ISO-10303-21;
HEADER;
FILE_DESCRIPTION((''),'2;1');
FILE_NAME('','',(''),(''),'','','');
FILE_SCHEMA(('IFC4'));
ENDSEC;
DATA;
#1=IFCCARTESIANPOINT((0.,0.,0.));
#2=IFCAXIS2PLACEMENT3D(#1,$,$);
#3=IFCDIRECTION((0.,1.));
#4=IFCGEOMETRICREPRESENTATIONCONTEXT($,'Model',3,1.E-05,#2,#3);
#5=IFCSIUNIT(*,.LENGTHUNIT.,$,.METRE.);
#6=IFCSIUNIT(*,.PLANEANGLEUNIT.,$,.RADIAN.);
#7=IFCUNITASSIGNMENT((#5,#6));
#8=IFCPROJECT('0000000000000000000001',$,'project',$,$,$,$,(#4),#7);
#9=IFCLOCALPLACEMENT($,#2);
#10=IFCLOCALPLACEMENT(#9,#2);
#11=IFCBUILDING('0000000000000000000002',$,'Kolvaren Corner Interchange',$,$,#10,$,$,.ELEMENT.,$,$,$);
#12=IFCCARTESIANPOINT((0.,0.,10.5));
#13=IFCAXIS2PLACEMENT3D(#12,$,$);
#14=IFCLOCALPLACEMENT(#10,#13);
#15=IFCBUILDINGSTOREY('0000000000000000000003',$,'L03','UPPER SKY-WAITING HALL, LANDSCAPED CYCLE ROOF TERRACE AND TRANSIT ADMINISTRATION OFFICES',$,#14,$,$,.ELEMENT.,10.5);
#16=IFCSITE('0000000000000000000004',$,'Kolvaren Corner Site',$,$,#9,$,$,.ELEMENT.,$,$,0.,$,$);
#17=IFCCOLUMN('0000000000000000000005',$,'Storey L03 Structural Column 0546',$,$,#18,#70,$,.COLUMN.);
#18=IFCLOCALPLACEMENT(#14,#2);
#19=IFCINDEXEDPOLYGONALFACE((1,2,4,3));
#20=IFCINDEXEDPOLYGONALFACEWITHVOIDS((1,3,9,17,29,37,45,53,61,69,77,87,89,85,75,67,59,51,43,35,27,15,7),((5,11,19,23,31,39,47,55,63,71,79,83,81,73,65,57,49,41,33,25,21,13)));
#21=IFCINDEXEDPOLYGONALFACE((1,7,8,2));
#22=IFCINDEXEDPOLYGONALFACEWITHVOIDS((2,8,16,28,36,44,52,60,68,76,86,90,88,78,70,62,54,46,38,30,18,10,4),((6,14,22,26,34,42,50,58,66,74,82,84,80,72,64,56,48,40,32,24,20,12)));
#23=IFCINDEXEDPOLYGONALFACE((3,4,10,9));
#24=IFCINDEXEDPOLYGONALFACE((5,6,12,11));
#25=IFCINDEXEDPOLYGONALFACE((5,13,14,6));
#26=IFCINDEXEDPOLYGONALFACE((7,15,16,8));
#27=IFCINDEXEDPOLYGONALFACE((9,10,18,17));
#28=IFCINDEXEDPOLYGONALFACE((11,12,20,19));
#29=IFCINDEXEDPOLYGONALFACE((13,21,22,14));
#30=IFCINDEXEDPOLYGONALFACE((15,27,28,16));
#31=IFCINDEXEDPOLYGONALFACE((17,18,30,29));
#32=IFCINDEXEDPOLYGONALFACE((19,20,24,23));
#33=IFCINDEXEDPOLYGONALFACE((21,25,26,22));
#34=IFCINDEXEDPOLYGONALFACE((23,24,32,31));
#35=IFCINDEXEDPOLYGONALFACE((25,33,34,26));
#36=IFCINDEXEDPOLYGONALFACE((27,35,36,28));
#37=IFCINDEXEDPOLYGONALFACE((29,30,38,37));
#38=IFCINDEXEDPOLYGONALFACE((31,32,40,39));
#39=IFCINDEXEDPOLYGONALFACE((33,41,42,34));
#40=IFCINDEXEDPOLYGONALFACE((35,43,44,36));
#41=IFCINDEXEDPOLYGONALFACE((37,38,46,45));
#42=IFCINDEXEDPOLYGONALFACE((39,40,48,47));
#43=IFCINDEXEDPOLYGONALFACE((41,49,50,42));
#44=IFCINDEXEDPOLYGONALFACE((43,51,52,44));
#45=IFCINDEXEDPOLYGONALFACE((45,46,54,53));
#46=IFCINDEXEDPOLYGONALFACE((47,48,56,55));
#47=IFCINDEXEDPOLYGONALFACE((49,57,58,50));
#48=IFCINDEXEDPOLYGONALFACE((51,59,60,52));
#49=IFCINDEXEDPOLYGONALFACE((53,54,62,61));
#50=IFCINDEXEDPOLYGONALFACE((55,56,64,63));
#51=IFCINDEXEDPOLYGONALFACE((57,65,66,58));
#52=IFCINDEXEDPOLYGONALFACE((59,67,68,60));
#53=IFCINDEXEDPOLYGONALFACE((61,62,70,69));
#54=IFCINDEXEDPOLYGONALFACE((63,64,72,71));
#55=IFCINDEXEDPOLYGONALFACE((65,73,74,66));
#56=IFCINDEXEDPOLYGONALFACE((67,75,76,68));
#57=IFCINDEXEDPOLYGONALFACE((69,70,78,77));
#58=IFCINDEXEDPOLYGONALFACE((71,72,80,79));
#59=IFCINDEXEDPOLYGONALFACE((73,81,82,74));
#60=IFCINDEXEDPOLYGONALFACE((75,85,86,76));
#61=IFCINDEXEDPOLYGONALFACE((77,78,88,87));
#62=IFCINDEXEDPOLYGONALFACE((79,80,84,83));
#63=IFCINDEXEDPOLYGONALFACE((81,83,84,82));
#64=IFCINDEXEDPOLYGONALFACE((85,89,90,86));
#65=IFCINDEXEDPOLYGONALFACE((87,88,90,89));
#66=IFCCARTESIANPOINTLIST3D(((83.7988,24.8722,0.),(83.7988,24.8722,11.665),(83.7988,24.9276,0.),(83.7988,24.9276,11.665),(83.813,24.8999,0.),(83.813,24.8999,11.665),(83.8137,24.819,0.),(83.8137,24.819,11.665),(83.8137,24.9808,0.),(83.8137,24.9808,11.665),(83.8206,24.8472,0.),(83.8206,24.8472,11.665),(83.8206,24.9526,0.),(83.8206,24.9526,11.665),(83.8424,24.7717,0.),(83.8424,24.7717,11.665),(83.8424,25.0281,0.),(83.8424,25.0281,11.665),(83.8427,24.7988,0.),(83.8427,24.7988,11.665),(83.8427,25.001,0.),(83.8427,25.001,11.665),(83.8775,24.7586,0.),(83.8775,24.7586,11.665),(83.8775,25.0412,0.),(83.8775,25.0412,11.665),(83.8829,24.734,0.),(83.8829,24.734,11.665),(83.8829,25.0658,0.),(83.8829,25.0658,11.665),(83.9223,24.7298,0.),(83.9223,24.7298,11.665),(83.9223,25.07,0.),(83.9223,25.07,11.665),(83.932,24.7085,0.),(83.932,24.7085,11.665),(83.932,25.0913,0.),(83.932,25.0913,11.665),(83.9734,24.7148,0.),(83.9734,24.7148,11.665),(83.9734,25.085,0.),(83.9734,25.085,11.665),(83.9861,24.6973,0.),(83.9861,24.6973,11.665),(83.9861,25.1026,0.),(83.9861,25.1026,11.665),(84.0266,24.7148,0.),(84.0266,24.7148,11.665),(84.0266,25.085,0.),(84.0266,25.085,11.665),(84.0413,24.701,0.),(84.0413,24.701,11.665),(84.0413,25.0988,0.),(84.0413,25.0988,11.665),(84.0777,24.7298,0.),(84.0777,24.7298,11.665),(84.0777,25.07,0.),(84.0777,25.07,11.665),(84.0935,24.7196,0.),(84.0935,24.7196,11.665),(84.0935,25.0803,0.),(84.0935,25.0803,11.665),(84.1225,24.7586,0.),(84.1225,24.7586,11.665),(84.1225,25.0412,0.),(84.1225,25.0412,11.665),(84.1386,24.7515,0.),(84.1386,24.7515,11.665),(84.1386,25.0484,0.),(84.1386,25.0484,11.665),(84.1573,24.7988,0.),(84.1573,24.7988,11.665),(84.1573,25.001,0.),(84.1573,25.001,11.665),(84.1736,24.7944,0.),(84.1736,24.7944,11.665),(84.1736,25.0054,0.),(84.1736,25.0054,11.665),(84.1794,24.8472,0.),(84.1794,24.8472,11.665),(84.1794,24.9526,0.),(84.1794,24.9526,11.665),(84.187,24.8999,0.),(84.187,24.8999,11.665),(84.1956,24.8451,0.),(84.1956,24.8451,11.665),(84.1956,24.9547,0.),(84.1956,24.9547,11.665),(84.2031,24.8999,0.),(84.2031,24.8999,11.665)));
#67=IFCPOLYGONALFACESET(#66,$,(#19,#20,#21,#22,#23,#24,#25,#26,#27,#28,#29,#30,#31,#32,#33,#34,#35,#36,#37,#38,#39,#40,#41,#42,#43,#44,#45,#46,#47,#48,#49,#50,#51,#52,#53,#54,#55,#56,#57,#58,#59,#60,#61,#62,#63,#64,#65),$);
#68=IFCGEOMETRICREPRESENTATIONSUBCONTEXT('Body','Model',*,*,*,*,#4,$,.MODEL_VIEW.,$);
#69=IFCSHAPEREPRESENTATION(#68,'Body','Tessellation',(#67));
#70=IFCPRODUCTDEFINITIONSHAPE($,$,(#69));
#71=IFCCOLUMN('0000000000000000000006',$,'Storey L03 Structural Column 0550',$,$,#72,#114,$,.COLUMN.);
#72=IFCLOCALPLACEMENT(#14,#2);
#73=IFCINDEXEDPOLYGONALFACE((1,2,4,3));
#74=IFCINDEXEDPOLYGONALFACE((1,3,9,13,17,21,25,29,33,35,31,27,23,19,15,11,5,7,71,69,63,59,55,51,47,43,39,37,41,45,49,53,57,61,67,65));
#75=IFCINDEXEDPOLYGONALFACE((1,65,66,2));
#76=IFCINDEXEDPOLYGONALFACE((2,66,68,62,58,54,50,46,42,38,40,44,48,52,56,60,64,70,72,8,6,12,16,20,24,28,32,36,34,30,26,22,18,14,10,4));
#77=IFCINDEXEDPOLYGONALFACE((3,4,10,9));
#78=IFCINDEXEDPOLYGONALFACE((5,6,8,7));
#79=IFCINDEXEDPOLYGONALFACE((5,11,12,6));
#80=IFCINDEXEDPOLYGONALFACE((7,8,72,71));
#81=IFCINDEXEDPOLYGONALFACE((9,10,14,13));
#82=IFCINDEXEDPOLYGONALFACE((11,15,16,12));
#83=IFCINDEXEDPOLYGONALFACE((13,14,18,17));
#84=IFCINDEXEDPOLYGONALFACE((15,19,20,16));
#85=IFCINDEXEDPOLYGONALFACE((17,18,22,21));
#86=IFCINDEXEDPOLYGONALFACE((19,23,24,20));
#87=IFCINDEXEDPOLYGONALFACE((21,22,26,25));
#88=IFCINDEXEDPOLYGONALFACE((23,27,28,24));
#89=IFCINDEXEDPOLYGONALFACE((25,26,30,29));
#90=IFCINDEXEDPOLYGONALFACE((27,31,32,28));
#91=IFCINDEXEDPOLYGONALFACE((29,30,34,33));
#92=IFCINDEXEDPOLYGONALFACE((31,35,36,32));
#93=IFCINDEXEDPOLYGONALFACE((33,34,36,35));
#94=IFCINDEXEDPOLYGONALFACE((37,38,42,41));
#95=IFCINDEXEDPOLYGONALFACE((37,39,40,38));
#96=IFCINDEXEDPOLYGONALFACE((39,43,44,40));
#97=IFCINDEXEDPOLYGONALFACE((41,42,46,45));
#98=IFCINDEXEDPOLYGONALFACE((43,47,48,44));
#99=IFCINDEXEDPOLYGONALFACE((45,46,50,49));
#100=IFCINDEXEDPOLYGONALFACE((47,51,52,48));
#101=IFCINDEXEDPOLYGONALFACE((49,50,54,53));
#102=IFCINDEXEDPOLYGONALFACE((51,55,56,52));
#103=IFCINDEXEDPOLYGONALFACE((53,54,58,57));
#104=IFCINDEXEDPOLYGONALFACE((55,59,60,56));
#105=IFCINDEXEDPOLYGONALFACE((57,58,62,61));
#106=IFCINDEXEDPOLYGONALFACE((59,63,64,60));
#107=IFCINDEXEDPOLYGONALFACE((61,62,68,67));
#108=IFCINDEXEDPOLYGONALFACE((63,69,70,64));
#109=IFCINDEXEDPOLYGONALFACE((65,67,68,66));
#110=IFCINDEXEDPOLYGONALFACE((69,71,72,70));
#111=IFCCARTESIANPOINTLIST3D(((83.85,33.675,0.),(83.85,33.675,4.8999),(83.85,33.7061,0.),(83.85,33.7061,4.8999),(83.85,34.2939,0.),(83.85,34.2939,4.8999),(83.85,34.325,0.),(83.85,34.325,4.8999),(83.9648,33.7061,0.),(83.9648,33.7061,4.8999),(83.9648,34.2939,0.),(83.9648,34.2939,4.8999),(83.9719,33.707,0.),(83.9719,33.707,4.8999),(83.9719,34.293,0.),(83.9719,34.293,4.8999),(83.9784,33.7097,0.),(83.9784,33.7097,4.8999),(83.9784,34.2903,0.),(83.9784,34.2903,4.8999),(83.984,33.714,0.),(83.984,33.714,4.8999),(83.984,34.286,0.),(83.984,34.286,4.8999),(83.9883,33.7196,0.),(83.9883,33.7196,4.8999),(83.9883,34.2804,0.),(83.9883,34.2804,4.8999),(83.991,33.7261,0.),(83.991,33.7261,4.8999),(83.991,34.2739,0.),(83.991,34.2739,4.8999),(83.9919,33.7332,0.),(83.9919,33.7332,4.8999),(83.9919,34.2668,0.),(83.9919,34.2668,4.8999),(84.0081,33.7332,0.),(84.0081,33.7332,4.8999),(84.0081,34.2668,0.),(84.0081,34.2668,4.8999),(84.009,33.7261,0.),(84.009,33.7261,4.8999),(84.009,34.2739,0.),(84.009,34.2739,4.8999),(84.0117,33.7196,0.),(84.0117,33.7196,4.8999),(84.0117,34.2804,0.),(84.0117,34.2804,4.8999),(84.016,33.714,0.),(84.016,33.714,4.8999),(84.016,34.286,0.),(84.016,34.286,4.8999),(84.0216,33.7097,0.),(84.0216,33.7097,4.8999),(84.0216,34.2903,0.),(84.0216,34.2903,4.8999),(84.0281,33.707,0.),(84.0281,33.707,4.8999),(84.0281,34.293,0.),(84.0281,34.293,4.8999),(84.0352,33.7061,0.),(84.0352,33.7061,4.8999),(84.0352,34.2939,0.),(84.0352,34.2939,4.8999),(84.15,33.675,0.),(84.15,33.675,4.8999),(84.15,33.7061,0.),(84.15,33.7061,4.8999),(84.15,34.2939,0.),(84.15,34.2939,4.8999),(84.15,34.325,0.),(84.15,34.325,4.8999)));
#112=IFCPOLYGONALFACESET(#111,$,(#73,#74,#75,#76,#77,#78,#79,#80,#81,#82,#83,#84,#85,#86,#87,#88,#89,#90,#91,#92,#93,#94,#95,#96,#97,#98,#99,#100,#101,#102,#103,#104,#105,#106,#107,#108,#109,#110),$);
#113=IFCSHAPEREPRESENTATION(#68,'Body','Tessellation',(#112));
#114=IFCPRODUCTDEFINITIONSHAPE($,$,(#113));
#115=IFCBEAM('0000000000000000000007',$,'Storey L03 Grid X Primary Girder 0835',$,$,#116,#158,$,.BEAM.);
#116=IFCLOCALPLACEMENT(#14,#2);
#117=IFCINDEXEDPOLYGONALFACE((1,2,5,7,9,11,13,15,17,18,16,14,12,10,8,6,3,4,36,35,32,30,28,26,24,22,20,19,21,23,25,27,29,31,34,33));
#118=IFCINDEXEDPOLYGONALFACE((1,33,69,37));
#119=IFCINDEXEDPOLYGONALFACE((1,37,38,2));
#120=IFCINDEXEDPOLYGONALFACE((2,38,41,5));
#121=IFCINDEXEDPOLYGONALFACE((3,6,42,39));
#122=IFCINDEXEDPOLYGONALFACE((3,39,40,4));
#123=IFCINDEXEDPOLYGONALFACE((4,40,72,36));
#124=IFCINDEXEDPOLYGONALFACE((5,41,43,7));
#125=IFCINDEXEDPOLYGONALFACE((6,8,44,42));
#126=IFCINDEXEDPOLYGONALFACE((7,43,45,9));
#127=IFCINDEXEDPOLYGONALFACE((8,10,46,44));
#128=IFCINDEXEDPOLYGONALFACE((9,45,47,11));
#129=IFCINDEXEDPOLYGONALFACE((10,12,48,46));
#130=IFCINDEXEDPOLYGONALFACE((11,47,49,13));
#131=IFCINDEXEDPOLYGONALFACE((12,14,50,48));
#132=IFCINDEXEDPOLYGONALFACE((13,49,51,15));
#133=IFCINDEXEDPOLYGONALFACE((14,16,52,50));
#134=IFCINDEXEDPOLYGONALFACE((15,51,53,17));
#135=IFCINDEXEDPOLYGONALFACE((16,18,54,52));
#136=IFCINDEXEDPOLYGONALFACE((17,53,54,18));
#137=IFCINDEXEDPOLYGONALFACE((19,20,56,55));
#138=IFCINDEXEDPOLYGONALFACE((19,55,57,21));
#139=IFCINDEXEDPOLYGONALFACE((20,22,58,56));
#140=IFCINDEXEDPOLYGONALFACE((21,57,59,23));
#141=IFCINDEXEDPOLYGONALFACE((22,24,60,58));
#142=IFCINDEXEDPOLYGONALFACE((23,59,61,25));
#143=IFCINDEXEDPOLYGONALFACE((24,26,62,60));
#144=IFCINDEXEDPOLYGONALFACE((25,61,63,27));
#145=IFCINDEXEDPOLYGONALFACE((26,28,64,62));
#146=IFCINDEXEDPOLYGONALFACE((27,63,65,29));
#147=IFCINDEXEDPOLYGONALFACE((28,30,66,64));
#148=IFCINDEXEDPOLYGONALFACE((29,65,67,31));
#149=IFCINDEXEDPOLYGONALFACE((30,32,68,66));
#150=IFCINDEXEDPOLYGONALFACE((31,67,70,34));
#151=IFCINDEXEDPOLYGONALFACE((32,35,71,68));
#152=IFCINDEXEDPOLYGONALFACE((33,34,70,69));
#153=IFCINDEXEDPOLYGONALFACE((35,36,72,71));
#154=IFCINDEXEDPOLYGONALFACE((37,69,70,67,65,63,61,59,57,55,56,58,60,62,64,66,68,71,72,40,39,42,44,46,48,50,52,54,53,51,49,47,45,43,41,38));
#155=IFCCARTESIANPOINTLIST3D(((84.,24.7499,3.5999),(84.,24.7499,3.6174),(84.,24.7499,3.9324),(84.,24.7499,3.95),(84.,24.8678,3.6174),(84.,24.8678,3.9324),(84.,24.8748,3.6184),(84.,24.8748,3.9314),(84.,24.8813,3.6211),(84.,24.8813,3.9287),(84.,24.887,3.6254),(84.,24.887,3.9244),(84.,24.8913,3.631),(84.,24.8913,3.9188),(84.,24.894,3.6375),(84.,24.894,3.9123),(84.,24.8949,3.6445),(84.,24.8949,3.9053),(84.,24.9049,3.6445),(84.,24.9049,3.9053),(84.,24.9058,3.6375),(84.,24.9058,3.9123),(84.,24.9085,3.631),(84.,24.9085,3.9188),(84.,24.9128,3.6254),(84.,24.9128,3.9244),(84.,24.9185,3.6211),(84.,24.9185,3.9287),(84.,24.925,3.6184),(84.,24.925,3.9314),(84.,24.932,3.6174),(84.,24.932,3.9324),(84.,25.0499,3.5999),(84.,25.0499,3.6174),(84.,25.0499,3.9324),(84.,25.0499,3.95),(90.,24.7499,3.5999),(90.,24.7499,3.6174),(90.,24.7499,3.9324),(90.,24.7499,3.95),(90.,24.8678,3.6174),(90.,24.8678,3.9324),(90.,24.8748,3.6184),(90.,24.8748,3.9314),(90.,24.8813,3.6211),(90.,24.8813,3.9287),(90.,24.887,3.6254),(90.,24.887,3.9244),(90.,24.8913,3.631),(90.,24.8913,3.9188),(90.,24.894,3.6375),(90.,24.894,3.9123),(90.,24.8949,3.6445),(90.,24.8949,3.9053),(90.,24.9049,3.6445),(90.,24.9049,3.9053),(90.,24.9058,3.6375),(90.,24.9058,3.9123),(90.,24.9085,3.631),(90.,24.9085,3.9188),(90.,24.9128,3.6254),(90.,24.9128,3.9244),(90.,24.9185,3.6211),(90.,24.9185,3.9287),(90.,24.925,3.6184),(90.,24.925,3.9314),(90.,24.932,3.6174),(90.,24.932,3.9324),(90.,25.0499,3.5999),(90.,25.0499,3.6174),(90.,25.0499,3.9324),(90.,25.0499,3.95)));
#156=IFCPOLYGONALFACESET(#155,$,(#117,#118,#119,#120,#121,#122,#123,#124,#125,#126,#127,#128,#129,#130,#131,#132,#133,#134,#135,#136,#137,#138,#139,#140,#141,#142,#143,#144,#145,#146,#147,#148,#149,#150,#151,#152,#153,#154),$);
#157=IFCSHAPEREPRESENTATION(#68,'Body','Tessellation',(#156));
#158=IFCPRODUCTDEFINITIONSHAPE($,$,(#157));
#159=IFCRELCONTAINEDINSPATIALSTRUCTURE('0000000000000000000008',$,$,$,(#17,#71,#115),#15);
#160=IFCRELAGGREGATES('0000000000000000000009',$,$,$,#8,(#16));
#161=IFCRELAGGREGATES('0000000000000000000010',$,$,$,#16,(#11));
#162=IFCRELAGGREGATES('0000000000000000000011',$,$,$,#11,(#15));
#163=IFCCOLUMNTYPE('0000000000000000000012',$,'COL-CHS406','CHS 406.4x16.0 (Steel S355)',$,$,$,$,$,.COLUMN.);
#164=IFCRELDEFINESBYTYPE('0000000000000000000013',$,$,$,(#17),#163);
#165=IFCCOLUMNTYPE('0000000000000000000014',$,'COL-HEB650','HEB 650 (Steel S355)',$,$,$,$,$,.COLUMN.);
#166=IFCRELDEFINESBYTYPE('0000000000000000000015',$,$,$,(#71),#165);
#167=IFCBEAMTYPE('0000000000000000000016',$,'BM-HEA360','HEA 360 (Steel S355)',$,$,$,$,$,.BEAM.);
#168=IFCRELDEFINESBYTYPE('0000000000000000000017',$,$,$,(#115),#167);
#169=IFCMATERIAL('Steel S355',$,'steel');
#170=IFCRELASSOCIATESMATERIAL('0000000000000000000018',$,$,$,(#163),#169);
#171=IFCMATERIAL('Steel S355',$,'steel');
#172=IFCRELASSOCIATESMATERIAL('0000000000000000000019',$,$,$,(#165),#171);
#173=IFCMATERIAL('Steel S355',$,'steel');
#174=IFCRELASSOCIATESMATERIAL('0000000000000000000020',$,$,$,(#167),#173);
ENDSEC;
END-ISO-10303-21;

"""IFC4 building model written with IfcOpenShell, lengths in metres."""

from ifc_helpers import new_model, si_unit, direction, frame, origin, origin_2d, place, context, subcontext, project, spatial, hollow_circle, i_section, extrude, material, material_profile, profile_set, type_object, element, save


model = new_model("IFC4")

# Units and contexts
model_context = context("Model", 3, precision=1e-05, world=origin(), true_north=direction((0.0, 1.0)))
body_context = subcontext(model_context, "Body", "Model", "MODEL_VIEW")
ifc_project = project(units=[si_unit("LENGTHUNIT", "METRE"), si_unit("PLANEANGLEUNIT", "RADIAN")], contexts=[model_context])

# Site, building, storey
site_placement = place(None, origin())
site = spatial("IfcSite", under=ifc_project, at=site_placement, Name="Kolvaren Corner Site", CompositionType="ELEMENT", RefElevation=0.0)
building_placement = place(site_placement, origin())
building = spatial("IfcBuilding", under=site, at=building_placement, Name="Kolvaren Corner Interchange", CompositionType="ELEMENT")
storey_placement = place(building_placement, frame((0.0, 0.0, 10.5)))
storey = spatial("IfcBuildingStorey", under=building, at=storey_placement, Name="L03", Description="UPPER SKY-WAITING HALL, LANDSCAPED CYCLE ROOF TERRACE AND TRANSIT ADMINISTRATION OFFICES", CompositionType="ELEMENT", Elevation=10.5)

# Columns
ifc_material_1 = material(Name="Steel S355", Category="steel")
ifc_material_profile_1 = material_profile(ifc_material_1, hollow_circle(Radius=0.2031, WallThickness=0.0161, at=origin_2d()), Name="CHS 406.4x16.0")
ifc_profile_set_1 = profile_set([ifc_material_profile_1], Name="Steel S355")
column_type_1 = type_object("IfcColumnType", Name="COL-CHS406", Description="CHS 406.4x16.0 (Steel S355)", PredefinedType="COLUMN", material=ifc_profile_set_1)
column_1_placement = place(storey_placement, frame((84.0, 24.8999, 0.0), z_axis=(0.0, 0.0, 1.0), x_axis=(1.0, 0.0, 0.0)))
element("IfcColumn", 1, at=column_1_placement, inside=storey, type_object=column_type_1, Name="Storey L03 Structural Column 0546", PredefinedType="COLUMN", context=body_context, shape_type="SweptSolid", body=[
    extrude(hollow_circle(Radius=0.2031, WallThickness=0.0161, at=origin_2d()), origin(), (0.0, 0.0, 1.0), 11.665),
])
ifc_material_2 = material(Name="Steel S355", Category="steel")
ifc_material_profile_2 = material_profile(ifc_material_2, i_section(OverallWidth=0.3, OverallDepth=0.6499, WebThickness=0.0161, FlangeThickness=0.031, FilletRadius=0.0271, at=origin_2d()), Name="HEB 650")
ifc_profile_set_2 = profile_set([ifc_material_profile_2], Name="Steel S355")
column_type_2 = type_object("IfcColumnType", Name="COL-HEB650", Description="HEB 650 (Steel S355)", PredefinedType="COLUMN", material=ifc_profile_set_2)
column_2_placement = place(storey_placement, frame((84.0, 34.0, 0.0), z_axis=(0.0, 0.0, 1.0), x_axis=(1.0, 0.0, 0.0)))
element("IfcColumn", 2, at=column_2_placement, inside=storey, type_object=column_type_2, Name="Storey L03 Structural Column 0550", PredefinedType="COLUMN", context=body_context, shape_type="SweptSolid", body=[
    extrude(i_section(OverallWidth=0.3, OverallDepth=0.6499, WebThickness=0.0161, FlangeThickness=0.031, FilletRadius=0.0271, at=origin_2d()), origin(), (0.0, 0.0, 1.0), 4.8999),
])

# Beam
ifc_material_3 = material(Name="Steel S355", Category="steel")
ifc_material_profile_3 = material_profile(ifc_material_3, i_section(OverallWidth=0.3, OverallDepth=0.3501, WebThickness=0.01, FlangeThickness=0.0176, FilletRadius=0.0271, at=origin_2d()), Name="HEA 360")
ifc_profile_set_3 = profile_set([ifc_material_profile_3], Name="Steel S355")
beam_type = type_object("IfcBeamType", Name="BM-HEA360", Description="HEA 360 (Steel S355)", PredefinedType="BEAM", material=ifc_profile_set_3)
beam_placement = place(storey_placement, frame((84.0, 24.8999, 3.7749), z_axis=(1.0, 0.0, 0.0), x_axis=(0.0, 1.0, 0.0)))
element("IfcBeam", 3, at=beam_placement, inside=storey, type_object=beam_type, Name="Storey L03 Grid X Primary Girder 0835", PredefinedType="BEAM", context=body_context, shape_type="SweptSolid", body=[
    extrude(i_section(OverallWidth=0.3, OverallDepth=0.3501, WebThickness=0.01, FlangeThickness=0.0176, FilletRadius=0.0271, at=origin_2d()), origin(), (0.0, 0.0, 1.0), 6.0),
])

save(model, "model.ifc")
